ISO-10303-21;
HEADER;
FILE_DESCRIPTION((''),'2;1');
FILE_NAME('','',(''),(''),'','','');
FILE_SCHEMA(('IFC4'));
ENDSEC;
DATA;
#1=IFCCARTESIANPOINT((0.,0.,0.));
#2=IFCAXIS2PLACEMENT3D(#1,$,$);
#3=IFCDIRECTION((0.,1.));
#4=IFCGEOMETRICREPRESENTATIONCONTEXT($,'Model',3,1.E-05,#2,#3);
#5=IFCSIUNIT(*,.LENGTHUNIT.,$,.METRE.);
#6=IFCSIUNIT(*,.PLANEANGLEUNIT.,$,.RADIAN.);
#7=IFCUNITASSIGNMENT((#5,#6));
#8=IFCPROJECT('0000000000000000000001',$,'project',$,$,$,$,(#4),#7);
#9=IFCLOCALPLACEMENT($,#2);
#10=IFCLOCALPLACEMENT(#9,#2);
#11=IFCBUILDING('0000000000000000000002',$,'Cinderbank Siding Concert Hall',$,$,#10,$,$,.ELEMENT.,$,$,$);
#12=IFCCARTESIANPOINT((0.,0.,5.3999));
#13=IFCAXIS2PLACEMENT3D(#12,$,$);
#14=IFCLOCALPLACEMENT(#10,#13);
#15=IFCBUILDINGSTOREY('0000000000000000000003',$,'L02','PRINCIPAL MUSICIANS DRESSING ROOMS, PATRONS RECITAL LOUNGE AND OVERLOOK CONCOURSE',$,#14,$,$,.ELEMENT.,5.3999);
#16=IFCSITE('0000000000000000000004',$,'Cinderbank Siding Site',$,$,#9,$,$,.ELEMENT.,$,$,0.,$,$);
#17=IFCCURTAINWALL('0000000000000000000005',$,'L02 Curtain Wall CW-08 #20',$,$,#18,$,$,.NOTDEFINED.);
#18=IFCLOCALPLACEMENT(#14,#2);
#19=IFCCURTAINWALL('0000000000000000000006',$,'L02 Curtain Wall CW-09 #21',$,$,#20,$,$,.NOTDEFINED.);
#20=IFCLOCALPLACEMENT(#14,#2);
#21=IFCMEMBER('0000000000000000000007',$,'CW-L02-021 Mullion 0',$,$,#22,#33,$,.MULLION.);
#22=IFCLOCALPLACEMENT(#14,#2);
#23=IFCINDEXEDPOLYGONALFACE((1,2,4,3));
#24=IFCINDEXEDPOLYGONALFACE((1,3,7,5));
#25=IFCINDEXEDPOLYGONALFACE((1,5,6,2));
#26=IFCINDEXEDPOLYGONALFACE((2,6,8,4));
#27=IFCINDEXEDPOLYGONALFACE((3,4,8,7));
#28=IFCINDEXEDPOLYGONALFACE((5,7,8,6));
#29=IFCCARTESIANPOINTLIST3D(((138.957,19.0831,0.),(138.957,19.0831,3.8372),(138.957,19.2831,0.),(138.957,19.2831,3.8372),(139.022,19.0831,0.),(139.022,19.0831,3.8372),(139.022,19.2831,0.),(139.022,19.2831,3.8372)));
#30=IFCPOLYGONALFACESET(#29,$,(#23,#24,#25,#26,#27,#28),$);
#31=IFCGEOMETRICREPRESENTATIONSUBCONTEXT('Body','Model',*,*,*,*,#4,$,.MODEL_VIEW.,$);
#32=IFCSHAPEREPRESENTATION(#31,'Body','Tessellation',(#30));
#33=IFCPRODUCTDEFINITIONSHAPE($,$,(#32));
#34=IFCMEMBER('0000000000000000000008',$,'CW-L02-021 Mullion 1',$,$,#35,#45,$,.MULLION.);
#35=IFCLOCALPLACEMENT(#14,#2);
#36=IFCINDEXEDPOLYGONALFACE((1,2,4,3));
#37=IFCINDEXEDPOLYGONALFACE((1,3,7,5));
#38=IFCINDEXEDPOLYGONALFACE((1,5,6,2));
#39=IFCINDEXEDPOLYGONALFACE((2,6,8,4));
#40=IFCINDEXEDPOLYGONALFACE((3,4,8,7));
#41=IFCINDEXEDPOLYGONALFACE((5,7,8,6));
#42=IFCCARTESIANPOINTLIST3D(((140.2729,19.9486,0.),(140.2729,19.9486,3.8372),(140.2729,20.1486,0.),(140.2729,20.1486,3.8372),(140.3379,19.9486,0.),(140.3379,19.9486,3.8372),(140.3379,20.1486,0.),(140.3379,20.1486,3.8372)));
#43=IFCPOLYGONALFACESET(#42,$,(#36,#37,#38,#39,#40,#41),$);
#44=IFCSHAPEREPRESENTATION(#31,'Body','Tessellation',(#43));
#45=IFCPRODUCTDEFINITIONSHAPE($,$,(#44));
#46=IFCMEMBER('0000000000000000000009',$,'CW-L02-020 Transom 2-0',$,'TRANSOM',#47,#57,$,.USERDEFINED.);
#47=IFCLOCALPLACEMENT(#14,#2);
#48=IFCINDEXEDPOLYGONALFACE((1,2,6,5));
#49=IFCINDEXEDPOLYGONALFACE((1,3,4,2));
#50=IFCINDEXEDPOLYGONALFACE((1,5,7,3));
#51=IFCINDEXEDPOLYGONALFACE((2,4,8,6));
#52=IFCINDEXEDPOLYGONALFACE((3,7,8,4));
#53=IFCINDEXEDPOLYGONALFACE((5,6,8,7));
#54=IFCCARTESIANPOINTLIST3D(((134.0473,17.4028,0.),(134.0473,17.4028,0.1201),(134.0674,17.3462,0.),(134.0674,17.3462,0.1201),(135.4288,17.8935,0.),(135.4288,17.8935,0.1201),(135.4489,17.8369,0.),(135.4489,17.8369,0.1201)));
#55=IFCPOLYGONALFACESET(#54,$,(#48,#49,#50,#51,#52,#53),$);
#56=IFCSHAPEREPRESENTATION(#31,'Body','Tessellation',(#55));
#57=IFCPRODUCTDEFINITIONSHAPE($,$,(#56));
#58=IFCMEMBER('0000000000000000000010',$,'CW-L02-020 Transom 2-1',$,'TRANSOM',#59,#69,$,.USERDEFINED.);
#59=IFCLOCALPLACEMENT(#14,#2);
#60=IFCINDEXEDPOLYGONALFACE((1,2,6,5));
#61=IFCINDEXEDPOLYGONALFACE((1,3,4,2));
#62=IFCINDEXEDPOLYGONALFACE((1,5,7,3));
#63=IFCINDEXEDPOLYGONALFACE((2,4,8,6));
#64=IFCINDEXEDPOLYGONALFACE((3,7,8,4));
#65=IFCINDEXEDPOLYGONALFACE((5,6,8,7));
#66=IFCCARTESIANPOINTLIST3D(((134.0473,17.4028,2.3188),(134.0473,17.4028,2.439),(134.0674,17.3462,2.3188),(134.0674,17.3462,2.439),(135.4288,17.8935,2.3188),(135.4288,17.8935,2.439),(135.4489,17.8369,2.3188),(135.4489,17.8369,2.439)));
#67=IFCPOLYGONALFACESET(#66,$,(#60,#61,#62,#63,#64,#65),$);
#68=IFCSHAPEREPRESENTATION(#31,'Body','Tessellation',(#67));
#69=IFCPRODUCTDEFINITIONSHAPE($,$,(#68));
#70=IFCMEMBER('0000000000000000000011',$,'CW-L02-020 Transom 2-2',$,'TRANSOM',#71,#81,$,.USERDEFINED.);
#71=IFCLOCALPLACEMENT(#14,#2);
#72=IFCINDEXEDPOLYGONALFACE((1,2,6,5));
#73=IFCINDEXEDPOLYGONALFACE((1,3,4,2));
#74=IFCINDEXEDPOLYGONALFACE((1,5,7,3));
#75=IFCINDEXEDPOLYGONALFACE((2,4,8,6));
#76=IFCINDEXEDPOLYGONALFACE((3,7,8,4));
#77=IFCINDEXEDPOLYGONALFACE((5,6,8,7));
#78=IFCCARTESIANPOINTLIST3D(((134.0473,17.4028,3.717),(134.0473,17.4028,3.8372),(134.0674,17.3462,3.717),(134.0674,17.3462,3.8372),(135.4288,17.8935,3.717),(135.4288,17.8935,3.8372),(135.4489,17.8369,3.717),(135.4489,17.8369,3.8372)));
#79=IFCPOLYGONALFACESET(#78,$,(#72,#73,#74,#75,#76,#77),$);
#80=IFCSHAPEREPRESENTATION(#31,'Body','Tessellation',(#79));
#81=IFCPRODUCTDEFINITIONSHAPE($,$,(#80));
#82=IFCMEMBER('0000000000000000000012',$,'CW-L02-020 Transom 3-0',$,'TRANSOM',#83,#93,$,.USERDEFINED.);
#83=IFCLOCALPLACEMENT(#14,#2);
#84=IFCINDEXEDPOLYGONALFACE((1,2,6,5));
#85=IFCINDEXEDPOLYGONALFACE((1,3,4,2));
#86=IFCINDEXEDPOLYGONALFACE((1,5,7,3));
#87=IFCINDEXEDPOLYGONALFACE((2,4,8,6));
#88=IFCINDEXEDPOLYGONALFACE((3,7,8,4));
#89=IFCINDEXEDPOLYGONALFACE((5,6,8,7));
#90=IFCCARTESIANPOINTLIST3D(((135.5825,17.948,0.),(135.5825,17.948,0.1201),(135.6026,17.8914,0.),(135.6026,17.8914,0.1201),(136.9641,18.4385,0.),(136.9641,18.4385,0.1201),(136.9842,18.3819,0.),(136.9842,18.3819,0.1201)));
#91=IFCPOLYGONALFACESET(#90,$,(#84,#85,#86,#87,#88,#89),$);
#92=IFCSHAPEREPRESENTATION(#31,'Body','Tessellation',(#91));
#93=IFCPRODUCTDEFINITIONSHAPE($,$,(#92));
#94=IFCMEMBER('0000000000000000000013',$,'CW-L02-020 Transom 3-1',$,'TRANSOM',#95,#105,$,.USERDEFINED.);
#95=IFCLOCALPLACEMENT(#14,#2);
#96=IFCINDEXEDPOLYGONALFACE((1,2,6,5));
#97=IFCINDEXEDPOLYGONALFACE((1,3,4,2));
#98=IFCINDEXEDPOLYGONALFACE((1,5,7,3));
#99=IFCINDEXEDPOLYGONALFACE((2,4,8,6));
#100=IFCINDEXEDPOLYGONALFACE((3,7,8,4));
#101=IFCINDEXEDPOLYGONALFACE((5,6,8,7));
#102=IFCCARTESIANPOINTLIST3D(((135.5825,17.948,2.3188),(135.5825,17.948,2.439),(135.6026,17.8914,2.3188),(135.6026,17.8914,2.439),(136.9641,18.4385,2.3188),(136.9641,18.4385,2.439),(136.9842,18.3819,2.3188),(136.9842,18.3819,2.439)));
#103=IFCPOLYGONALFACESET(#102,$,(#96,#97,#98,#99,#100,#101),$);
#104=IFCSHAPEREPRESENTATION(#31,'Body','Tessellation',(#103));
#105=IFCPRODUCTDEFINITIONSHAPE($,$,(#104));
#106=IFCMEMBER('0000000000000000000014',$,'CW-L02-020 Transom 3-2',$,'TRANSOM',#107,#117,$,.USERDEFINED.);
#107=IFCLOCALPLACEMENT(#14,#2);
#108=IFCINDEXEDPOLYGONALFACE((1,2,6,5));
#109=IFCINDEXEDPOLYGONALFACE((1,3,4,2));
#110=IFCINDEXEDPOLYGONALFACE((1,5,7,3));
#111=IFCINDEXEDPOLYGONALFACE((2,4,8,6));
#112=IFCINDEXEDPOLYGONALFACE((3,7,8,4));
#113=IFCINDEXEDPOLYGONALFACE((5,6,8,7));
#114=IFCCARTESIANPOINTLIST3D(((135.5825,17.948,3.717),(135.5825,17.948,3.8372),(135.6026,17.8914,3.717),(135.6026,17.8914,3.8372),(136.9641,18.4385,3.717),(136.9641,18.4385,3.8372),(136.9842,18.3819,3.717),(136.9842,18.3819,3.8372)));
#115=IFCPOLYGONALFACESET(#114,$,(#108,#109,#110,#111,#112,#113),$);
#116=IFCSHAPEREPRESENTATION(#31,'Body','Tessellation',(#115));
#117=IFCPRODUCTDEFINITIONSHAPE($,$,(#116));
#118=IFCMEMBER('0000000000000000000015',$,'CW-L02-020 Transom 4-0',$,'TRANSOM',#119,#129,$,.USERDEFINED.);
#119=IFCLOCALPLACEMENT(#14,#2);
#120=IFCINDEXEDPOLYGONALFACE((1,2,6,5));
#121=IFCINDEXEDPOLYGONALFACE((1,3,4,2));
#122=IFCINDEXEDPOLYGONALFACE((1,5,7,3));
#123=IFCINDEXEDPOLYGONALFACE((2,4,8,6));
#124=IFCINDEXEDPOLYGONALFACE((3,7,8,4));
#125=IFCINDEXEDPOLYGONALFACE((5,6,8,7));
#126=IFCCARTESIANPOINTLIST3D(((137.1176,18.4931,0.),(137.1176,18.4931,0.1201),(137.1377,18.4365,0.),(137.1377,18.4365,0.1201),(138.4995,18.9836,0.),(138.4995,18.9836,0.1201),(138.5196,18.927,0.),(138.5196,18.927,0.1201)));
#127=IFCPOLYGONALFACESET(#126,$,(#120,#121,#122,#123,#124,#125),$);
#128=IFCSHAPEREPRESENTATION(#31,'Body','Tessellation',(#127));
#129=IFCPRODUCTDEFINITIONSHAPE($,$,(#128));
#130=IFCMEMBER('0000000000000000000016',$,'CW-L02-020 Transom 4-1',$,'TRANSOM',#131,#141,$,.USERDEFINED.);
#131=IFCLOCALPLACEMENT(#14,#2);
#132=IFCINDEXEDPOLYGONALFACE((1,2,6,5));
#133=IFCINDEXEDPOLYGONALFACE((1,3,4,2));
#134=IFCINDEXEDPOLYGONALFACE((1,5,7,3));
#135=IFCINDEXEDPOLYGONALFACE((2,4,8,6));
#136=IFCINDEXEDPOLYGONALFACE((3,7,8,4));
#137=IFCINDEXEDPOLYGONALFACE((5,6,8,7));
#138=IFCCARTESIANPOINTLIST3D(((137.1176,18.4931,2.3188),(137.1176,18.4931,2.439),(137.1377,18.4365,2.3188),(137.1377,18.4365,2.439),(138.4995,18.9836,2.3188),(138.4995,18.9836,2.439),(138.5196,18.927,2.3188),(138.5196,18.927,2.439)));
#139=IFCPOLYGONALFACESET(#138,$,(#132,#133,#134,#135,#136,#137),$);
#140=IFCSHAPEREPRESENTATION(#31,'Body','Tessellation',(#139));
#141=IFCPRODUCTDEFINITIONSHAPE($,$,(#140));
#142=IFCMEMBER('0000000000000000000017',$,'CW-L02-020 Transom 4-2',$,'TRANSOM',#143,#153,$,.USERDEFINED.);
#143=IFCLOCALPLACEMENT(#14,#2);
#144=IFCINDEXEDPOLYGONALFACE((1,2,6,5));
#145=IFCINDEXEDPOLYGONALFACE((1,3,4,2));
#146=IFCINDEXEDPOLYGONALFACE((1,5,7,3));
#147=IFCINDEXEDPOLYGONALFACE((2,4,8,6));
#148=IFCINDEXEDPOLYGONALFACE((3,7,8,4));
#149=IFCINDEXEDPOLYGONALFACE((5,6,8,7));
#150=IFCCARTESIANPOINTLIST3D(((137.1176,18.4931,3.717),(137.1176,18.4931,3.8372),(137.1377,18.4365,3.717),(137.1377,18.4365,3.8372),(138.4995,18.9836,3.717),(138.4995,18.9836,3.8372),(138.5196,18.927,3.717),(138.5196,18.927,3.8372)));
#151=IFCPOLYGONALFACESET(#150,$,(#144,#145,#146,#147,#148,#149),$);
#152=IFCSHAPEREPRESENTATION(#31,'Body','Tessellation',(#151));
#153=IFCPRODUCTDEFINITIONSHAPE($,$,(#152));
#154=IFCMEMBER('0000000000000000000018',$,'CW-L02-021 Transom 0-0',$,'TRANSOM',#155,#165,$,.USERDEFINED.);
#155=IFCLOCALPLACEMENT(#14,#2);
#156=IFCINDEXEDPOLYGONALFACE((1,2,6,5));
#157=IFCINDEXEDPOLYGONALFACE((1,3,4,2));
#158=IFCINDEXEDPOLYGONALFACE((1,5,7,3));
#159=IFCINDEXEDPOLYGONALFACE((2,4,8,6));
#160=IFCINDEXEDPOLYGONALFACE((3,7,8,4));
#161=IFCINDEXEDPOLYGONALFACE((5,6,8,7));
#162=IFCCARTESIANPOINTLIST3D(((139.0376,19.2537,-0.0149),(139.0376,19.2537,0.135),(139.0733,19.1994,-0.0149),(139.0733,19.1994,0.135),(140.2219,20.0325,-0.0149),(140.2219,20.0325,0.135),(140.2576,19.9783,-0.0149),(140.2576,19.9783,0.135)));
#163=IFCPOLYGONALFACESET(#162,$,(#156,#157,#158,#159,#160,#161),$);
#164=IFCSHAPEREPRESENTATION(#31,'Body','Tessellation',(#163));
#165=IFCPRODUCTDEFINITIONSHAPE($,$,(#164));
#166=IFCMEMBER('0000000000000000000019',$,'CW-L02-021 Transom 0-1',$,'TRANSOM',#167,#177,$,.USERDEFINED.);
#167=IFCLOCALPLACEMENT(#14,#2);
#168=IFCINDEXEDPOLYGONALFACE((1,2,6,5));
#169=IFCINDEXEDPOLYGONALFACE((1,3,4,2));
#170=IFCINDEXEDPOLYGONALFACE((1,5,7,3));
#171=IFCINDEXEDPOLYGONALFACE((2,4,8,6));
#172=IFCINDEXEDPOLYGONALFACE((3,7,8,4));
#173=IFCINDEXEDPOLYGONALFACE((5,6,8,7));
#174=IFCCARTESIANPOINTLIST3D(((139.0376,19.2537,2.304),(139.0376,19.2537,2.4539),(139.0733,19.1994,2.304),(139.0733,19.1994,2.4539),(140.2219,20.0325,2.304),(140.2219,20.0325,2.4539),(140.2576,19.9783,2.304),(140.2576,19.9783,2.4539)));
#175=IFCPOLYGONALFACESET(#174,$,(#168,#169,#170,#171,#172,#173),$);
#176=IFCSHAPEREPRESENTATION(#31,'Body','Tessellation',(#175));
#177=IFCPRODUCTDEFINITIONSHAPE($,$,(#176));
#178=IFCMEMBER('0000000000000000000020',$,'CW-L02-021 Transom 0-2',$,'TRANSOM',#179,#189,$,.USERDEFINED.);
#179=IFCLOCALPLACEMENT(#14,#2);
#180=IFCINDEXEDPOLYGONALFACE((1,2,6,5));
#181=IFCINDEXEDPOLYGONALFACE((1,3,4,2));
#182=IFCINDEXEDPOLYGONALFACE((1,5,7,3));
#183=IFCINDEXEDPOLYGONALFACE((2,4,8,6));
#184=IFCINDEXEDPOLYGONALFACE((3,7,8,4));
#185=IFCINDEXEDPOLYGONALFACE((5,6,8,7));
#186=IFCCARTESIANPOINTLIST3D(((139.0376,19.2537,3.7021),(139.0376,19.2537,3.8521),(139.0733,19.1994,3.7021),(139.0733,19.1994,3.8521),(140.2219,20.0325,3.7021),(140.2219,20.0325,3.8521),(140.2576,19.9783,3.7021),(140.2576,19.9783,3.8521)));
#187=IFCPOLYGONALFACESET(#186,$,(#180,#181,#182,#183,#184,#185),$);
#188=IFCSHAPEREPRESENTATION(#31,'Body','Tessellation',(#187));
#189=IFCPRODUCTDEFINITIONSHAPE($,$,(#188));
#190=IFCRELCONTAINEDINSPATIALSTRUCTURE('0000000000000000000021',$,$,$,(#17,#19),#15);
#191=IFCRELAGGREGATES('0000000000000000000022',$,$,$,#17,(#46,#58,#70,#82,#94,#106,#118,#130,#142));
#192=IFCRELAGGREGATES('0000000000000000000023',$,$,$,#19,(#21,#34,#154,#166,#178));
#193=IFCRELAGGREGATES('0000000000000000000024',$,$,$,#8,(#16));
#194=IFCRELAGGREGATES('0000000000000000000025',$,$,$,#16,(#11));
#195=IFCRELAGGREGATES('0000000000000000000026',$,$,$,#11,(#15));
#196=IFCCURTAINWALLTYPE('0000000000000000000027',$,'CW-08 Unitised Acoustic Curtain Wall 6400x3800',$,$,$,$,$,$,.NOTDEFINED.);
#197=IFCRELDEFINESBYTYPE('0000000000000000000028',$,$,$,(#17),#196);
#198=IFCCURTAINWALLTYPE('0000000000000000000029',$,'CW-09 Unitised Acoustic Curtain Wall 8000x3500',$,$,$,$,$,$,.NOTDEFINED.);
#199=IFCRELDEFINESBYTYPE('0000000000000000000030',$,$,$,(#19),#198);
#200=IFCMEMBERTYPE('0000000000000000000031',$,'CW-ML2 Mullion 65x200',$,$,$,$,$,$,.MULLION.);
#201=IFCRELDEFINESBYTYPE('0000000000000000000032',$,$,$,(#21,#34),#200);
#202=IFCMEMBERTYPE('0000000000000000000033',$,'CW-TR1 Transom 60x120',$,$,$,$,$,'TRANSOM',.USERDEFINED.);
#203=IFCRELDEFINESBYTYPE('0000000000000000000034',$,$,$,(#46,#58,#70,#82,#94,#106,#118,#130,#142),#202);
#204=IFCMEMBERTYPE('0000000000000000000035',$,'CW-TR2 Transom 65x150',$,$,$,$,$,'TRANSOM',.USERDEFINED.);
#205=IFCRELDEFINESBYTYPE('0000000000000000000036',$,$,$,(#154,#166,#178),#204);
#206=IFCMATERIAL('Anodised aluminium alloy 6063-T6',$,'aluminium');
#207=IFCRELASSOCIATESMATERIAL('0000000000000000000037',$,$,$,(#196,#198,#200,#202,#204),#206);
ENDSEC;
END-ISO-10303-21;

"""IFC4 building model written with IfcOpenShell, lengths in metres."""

from ifc_helpers import new_model, si_unit, direction, frame, origin, origin_2d, place, context, subcontext, project, spatial, rectangle, extrude, material, material_profile, profile_set, type_object, element, aggregate, save


model = new_model("IFC4")

# Units and contexts
model_context = context("Model", 3, precision=1e-05, world=origin(), true_north=direction((0.0, 1.0)))
body_context = subcontext(model_context, "Body", "Model", "MODEL_VIEW")
ifc_project = project(units=[si_unit("LENGTHUNIT", "METRE"), si_unit("PLANEANGLEUNIT", "RADIAN")], contexts=[model_context])

# Site, building, storey
site_placement = place(None, origin())
site = spatial("IfcSite", under=ifc_project, at=site_placement, Name="Cinderbank Siding Site", CompositionType="ELEMENT", RefElevation=0.0)
building_placement = place(site_placement, origin())
building = spatial("IfcBuilding", under=site, at=building_placement, Name="Cinderbank Siding Concert Hall", CompositionType="ELEMENT")
storey_placement = place(building_placement, frame((0.0, 0.0, 5.3999)))
storey = spatial("IfcBuildingStorey", under=building, at=storey_placement, Name="L02", Description="PRINCIPAL MUSICIANS DRESSING ROOMS, PATRONS RECITAL LOUNGE AND OVERLOOK CONCOURSE", CompositionType="ELEMENT", Elevation=5.3999)

# Curtain walls, members
ifc_material_1 = material(Name="Anodised aluminium alloy 6063-T6", Category="aluminium")
curtain_wall_type_1 = type_object("IfcCurtainWallType", Name="CW-08 Unitised Acoustic Curtain Wall 6400x3800", PredefinedType="NOTDEFINED", material=ifc_material_1)
curtain_wall_1_placement = place(storey_placement, origin())
curtain_wall_1 = element("IfcCurtainWall", 1, at=curtain_wall_1_placement, inside=storey, type_object=curtain_wall_type_1, Name="L02 Curtain Wall CW-08 #20", PredefinedType="NOTDEFINED")
curtain_wall_type_2 = type_object("IfcCurtainWallType", Name="CW-09 Unitised Acoustic Curtain Wall 8000x3500", PredefinedType="NOTDEFINED", material=ifc_material_1)
curtain_wall_2_placement = place(storey_placement, origin())
curtain_wall_2 = element("IfcCurtainWall", 2, at=curtain_wall_2_placement, inside=storey, type_object=curtain_wall_type_2, Name="L02 Curtain Wall CW-09 #21", PredefinedType="NOTDEFINED")
ifc_material_profile_1 = material_profile(ifc_material_1, rectangle(XDim=0.0649, YDim=0.2, at=origin_2d()), Name="ALU-MULL-65x200", Category="LoadBearing")
ifc_profile_set_1 = profile_set([ifc_material_profile_1], Name="Anodised aluminium alloy 6063-T6")
member_type_1 = type_object("IfcMemberType", Name="CW-ML2 Mullion 65x200", PredefinedType="MULLION", material=ifc_profile_set_1)
member_1_placement = place(storey_placement, frame((138.9895, 19.1831, 0.0), z_axis=(0.0, 0.0, 1.0), x_axis=(1.0, 0.0, 0.0)))
member_1 = element("IfcMember", 3, at=member_1_placement, type_object=member_type_1, Name="CW-L02-021 Mullion 0", PredefinedType="MULLION", context=body_context, shape_type="SweptSolid", body=[
    extrude(rectangle(XDim=0.0649, YDim=0.2, at=origin_2d()), origin(), (0.0, 0.0, 1.0), 3.8372),
])
member_2_placement = place(storey_placement, frame((140.3054, 20.0486, 0.0), z_axis=(0.0, 0.0, 1.0), x_axis=(1.0, 0.0, 0.0)))
member_2 = element("IfcMember", 4, at=member_2_placement, type_object=member_type_1, Name="CW-L02-021 Mullion 1", PredefinedType="MULLION", context=body_context, shape_type="SweptSolid", body=[
    extrude(rectangle(XDim=0.0649, YDim=0.2, at=origin_2d()), origin(), (0.0, 0.0, 1.0), 3.8372),
])

# Members
ifc_material_profile_2 = material_profile(ifc_material_1, rectangle(XDim=0.0601, YDim=0.1201, at=origin_2d()), Name="ALU-TRAN-60x120", Category="LoadBearing")
ifc_profile_set_2 = profile_set([ifc_material_profile_2], Name="Anodised aluminium alloy 6063-T6")
member_type_2 = type_object("IfcMemberType", Name="CW-TR1 Transom 60x120", ElementType="TRANSOM", PredefinedType="USERDEFINED", material=ifc_profile_set_2)
member_3_placement = place(storey_placement, frame((134.0574, 17.3745, 0.0601), z_axis=(0.942324, 0.334701, 0.0), x_axis=(-0.334701, 0.942324, 0.0)))
member_3 = element("IfcMember", 5, at=member_3_placement, type_object=member_type_2, Name="CW-L02-020 Transom 2-0", ObjectType="TRANSOM", PredefinedType="USERDEFINED", context=body_context, shape_type="SweptSolid", body=[
    extrude(rectangle(XDim=0.0601, YDim=0.1201, at=origin_2d()), origin(), (0.0, 0.0, 1.0), 1.4661),
])
member_4_placement = place(storey_placement, frame((134.0574, 17.3745, 2.3789), z_axis=(0.942324, 0.334701, 0.0), x_axis=(-0.334701, 0.942324, 0.0)))
member_4 = element("IfcMember", 6, at=member_4_placement, type_object=member_type_2, Name="CW-L02-020 Transom 2-1", ObjectType="TRANSOM", PredefinedType="USERDEFINED", context=body_context, shape_type="SweptSolid", body=[
    extrude(rectangle(XDim=0.0601, YDim=0.1201, at=origin_2d()), origin(), (0.0, 0.0, 1.0), 1.4661),
])
member_5_placement = place(storey_placement, frame((134.0574, 17.3745, 3.7771), z_axis=(0.942324, 0.334701, 0.0), x_axis=(-0.334701, 0.942324, 0.0)))
member_5 = element("IfcMember", 7, at=member_5_placement, type_object=member_type_2, Name="CW-L02-020 Transom 2-2", ObjectType="TRANSOM", PredefinedType="USERDEFINED", context=body_context, shape_type="SweptSolid", body=[
    extrude(rectangle(XDim=0.0601, YDim=0.1201, at=origin_2d()), origin(), (0.0, 0.0, 1.0), 1.4661),
])
member_6_placement = place(storey_placement, frame((135.5925, 17.9197, 0.0601), z_axis=(0.942377, 0.334553, 0.0), x_axis=(-0.334553, 0.942377, 0.0)))
member_6 = element("IfcMember", 8, at=member_6_placement, type_object=member_type_2, Name="CW-L02-020 Transom 3-0", ObjectType="TRANSOM", PredefinedType="USERDEFINED", context=body_context, shape_type="SweptSolid", body=[
    extrude(rectangle(XDim=0.0601, YDim=0.1201, at=origin_2d()), origin(), (0.0, 0.0, 1.0), 1.4661),
])
member_7_placement = place(storey_placement, frame((135.5925, 17.9197, 2.3789), z_axis=(0.942377, 0.334553, 0.0), x_axis=(-0.334553, 0.942377, 0.0)))
member_7 = element("IfcMember", 9, at=member_7_placement, type_object=member_type_2, Name="CW-L02-020 Transom 3-1", ObjectType="TRANSOM", PredefinedType="USERDEFINED", context=body_context, shape_type="SweptSolid", body=[
    extrude(rectangle(XDim=0.0601, YDim=0.1201, at=origin_2d()), origin(), (0.0, 0.0, 1.0), 1.4661),
])
member_8_placement = place(storey_placement, frame((135.5925, 17.9197, 3.7771), z_axis=(0.942377, 0.334553, 0.0), x_axis=(-0.334553, 0.942377, 0.0)))
member_8 = element("IfcMember", 10, at=member_8_placement, type_object=member_type_2, Name="CW-L02-020 Transom 3-2", ObjectType="TRANSOM", PredefinedType="USERDEFINED", context=body_context, shape_type="SweptSolid", body=[
    extrude(rectangle(XDim=0.0601, YDim=0.1201, at=origin_2d()), origin(), (0.0, 0.0, 1.0), 1.4661),
])
member_9_placement = place(storey_placement, frame((137.1277, 18.4648, 0.0601), z_axis=(0.942396, 0.3345, 0.0), x_axis=(-0.3345, 0.942396, 0.0)))
member_9 = element("IfcMember", 11, at=member_9_placement, type_object=member_type_2, Name="CW-L02-020 Transom 4-0", ObjectType="TRANSOM", PredefinedType="USERDEFINED", context=body_context, shape_type="SweptSolid", body=[
    extrude(rectangle(XDim=0.0601, YDim=0.1201, at=origin_2d()), origin(), (0.0, 0.0, 1.0), 1.4663),
])
member_10_placement = place(storey_placement, frame((137.1277, 18.4648, 2.3789), z_axis=(0.942396, 0.3345, 0.0), x_axis=(-0.3345, 0.942396, 0.0)))
member_10 = element("IfcMember", 12, at=member_10_placement, type_object=member_type_2, Name="CW-L02-020 Transom 4-1", ObjectType="TRANSOM", PredefinedType="USERDEFINED", context=body_context, shape_type="SweptSolid", body=[
    extrude(rectangle(XDim=0.0601, YDim=0.1201, at=origin_2d()), origin(), (0.0, 0.0, 1.0), 1.4663),
])
member_11_placement = place(storey_placement, frame((137.1277, 18.4648, 3.7771), z_axis=(0.942396, 0.3345, 0.0), x_axis=(-0.3345, 0.942396, 0.0)))
member_11 = element("IfcMember", 13, at=member_11_placement, type_object=member_type_2, Name="CW-L02-020 Transom 4-2", ObjectType="TRANSOM", PredefinedType="USERDEFINED", context=body_context, shape_type="SweptSolid", body=[
    extrude(rectangle(XDim=0.0601, YDim=0.1201, at=origin_2d()), origin(), (0.0, 0.0, 1.0), 1.4663),
])
ifc_material_profile_3 = material_profile(ifc_material_1, rectangle(XDim=0.0649, YDim=0.1499, at=origin_2d()), Name="ALU-TRAN-65x150", Category="LoadBearing")
ifc_profile_set_3 = profile_set([ifc_material_profile_3], Name="Anodised aluminium alloy 6063-T6")
member_type_3 = type_object("IfcMemberType", Name="CW-TR2 Transom 65x150", ElementType="TRANSOM", PredefinedType="USERDEFINED", material=ifc_profile_set_3)
member_12_placement = place(storey_placement, frame((139.0554, 19.2266, 0.0601), z_axis=(0.835532, 0.549443, 0.0), x_axis=(-0.549443, 0.835532, 0.0)))
member_12 = element("IfcMember", 14, at=member_12_placement, type_object=member_type_3, Name="CW-L02-021 Transom 0-0", ObjectType="TRANSOM", PredefinedType="USERDEFINED", context=body_context, shape_type="SweptSolid", body=[
    extrude(rectangle(XDim=0.0649, YDim=0.1499, at=origin_2d()), origin(), (0.0, 0.0, 1.0), 1.4175),
])
member_13_placement = place(storey_placement, frame((139.0554, 19.2266, 2.3789), z_axis=(0.835532, 0.549443, 0.0), x_axis=(-0.549443, 0.835532, 0.0)))
member_13 = element("IfcMember", 15, at=member_13_placement, type_object=member_type_3, Name="CW-L02-021 Transom 0-1", ObjectType="TRANSOM", PredefinedType="USERDEFINED", context=body_context, shape_type="SweptSolid", body=[
    extrude(rectangle(XDim=0.0649, YDim=0.1499, at=origin_2d()), origin(), (0.0, 0.0, 1.0), 1.4175),
])
member_14_placement = place(storey_placement, frame((139.0554, 19.2266, 3.7771), z_axis=(0.835532, 0.549443, 0.0), x_axis=(-0.549443, 0.835532, 0.0)))
member_14 = element("IfcMember", 16, at=member_14_placement, type_object=member_type_3, Name="CW-L02-021 Transom 0-2", ObjectType="TRANSOM", PredefinedType="USERDEFINED", context=body_context, shape_type="SweptSolid", body=[
    extrude(rectangle(XDim=0.0649, YDim=0.1499, at=origin_2d()), origin(), (0.0, 0.0, 1.0), 1.4175),
])

aggregate(curtain_wall_1, [member_3, member_4, member_5, member_6, member_7, member_8, member_9, member_10, member_11])
aggregate(curtain_wall_2, [member_1, member_2, member_12, member_13, member_14])

save(model, "model.ifc")
